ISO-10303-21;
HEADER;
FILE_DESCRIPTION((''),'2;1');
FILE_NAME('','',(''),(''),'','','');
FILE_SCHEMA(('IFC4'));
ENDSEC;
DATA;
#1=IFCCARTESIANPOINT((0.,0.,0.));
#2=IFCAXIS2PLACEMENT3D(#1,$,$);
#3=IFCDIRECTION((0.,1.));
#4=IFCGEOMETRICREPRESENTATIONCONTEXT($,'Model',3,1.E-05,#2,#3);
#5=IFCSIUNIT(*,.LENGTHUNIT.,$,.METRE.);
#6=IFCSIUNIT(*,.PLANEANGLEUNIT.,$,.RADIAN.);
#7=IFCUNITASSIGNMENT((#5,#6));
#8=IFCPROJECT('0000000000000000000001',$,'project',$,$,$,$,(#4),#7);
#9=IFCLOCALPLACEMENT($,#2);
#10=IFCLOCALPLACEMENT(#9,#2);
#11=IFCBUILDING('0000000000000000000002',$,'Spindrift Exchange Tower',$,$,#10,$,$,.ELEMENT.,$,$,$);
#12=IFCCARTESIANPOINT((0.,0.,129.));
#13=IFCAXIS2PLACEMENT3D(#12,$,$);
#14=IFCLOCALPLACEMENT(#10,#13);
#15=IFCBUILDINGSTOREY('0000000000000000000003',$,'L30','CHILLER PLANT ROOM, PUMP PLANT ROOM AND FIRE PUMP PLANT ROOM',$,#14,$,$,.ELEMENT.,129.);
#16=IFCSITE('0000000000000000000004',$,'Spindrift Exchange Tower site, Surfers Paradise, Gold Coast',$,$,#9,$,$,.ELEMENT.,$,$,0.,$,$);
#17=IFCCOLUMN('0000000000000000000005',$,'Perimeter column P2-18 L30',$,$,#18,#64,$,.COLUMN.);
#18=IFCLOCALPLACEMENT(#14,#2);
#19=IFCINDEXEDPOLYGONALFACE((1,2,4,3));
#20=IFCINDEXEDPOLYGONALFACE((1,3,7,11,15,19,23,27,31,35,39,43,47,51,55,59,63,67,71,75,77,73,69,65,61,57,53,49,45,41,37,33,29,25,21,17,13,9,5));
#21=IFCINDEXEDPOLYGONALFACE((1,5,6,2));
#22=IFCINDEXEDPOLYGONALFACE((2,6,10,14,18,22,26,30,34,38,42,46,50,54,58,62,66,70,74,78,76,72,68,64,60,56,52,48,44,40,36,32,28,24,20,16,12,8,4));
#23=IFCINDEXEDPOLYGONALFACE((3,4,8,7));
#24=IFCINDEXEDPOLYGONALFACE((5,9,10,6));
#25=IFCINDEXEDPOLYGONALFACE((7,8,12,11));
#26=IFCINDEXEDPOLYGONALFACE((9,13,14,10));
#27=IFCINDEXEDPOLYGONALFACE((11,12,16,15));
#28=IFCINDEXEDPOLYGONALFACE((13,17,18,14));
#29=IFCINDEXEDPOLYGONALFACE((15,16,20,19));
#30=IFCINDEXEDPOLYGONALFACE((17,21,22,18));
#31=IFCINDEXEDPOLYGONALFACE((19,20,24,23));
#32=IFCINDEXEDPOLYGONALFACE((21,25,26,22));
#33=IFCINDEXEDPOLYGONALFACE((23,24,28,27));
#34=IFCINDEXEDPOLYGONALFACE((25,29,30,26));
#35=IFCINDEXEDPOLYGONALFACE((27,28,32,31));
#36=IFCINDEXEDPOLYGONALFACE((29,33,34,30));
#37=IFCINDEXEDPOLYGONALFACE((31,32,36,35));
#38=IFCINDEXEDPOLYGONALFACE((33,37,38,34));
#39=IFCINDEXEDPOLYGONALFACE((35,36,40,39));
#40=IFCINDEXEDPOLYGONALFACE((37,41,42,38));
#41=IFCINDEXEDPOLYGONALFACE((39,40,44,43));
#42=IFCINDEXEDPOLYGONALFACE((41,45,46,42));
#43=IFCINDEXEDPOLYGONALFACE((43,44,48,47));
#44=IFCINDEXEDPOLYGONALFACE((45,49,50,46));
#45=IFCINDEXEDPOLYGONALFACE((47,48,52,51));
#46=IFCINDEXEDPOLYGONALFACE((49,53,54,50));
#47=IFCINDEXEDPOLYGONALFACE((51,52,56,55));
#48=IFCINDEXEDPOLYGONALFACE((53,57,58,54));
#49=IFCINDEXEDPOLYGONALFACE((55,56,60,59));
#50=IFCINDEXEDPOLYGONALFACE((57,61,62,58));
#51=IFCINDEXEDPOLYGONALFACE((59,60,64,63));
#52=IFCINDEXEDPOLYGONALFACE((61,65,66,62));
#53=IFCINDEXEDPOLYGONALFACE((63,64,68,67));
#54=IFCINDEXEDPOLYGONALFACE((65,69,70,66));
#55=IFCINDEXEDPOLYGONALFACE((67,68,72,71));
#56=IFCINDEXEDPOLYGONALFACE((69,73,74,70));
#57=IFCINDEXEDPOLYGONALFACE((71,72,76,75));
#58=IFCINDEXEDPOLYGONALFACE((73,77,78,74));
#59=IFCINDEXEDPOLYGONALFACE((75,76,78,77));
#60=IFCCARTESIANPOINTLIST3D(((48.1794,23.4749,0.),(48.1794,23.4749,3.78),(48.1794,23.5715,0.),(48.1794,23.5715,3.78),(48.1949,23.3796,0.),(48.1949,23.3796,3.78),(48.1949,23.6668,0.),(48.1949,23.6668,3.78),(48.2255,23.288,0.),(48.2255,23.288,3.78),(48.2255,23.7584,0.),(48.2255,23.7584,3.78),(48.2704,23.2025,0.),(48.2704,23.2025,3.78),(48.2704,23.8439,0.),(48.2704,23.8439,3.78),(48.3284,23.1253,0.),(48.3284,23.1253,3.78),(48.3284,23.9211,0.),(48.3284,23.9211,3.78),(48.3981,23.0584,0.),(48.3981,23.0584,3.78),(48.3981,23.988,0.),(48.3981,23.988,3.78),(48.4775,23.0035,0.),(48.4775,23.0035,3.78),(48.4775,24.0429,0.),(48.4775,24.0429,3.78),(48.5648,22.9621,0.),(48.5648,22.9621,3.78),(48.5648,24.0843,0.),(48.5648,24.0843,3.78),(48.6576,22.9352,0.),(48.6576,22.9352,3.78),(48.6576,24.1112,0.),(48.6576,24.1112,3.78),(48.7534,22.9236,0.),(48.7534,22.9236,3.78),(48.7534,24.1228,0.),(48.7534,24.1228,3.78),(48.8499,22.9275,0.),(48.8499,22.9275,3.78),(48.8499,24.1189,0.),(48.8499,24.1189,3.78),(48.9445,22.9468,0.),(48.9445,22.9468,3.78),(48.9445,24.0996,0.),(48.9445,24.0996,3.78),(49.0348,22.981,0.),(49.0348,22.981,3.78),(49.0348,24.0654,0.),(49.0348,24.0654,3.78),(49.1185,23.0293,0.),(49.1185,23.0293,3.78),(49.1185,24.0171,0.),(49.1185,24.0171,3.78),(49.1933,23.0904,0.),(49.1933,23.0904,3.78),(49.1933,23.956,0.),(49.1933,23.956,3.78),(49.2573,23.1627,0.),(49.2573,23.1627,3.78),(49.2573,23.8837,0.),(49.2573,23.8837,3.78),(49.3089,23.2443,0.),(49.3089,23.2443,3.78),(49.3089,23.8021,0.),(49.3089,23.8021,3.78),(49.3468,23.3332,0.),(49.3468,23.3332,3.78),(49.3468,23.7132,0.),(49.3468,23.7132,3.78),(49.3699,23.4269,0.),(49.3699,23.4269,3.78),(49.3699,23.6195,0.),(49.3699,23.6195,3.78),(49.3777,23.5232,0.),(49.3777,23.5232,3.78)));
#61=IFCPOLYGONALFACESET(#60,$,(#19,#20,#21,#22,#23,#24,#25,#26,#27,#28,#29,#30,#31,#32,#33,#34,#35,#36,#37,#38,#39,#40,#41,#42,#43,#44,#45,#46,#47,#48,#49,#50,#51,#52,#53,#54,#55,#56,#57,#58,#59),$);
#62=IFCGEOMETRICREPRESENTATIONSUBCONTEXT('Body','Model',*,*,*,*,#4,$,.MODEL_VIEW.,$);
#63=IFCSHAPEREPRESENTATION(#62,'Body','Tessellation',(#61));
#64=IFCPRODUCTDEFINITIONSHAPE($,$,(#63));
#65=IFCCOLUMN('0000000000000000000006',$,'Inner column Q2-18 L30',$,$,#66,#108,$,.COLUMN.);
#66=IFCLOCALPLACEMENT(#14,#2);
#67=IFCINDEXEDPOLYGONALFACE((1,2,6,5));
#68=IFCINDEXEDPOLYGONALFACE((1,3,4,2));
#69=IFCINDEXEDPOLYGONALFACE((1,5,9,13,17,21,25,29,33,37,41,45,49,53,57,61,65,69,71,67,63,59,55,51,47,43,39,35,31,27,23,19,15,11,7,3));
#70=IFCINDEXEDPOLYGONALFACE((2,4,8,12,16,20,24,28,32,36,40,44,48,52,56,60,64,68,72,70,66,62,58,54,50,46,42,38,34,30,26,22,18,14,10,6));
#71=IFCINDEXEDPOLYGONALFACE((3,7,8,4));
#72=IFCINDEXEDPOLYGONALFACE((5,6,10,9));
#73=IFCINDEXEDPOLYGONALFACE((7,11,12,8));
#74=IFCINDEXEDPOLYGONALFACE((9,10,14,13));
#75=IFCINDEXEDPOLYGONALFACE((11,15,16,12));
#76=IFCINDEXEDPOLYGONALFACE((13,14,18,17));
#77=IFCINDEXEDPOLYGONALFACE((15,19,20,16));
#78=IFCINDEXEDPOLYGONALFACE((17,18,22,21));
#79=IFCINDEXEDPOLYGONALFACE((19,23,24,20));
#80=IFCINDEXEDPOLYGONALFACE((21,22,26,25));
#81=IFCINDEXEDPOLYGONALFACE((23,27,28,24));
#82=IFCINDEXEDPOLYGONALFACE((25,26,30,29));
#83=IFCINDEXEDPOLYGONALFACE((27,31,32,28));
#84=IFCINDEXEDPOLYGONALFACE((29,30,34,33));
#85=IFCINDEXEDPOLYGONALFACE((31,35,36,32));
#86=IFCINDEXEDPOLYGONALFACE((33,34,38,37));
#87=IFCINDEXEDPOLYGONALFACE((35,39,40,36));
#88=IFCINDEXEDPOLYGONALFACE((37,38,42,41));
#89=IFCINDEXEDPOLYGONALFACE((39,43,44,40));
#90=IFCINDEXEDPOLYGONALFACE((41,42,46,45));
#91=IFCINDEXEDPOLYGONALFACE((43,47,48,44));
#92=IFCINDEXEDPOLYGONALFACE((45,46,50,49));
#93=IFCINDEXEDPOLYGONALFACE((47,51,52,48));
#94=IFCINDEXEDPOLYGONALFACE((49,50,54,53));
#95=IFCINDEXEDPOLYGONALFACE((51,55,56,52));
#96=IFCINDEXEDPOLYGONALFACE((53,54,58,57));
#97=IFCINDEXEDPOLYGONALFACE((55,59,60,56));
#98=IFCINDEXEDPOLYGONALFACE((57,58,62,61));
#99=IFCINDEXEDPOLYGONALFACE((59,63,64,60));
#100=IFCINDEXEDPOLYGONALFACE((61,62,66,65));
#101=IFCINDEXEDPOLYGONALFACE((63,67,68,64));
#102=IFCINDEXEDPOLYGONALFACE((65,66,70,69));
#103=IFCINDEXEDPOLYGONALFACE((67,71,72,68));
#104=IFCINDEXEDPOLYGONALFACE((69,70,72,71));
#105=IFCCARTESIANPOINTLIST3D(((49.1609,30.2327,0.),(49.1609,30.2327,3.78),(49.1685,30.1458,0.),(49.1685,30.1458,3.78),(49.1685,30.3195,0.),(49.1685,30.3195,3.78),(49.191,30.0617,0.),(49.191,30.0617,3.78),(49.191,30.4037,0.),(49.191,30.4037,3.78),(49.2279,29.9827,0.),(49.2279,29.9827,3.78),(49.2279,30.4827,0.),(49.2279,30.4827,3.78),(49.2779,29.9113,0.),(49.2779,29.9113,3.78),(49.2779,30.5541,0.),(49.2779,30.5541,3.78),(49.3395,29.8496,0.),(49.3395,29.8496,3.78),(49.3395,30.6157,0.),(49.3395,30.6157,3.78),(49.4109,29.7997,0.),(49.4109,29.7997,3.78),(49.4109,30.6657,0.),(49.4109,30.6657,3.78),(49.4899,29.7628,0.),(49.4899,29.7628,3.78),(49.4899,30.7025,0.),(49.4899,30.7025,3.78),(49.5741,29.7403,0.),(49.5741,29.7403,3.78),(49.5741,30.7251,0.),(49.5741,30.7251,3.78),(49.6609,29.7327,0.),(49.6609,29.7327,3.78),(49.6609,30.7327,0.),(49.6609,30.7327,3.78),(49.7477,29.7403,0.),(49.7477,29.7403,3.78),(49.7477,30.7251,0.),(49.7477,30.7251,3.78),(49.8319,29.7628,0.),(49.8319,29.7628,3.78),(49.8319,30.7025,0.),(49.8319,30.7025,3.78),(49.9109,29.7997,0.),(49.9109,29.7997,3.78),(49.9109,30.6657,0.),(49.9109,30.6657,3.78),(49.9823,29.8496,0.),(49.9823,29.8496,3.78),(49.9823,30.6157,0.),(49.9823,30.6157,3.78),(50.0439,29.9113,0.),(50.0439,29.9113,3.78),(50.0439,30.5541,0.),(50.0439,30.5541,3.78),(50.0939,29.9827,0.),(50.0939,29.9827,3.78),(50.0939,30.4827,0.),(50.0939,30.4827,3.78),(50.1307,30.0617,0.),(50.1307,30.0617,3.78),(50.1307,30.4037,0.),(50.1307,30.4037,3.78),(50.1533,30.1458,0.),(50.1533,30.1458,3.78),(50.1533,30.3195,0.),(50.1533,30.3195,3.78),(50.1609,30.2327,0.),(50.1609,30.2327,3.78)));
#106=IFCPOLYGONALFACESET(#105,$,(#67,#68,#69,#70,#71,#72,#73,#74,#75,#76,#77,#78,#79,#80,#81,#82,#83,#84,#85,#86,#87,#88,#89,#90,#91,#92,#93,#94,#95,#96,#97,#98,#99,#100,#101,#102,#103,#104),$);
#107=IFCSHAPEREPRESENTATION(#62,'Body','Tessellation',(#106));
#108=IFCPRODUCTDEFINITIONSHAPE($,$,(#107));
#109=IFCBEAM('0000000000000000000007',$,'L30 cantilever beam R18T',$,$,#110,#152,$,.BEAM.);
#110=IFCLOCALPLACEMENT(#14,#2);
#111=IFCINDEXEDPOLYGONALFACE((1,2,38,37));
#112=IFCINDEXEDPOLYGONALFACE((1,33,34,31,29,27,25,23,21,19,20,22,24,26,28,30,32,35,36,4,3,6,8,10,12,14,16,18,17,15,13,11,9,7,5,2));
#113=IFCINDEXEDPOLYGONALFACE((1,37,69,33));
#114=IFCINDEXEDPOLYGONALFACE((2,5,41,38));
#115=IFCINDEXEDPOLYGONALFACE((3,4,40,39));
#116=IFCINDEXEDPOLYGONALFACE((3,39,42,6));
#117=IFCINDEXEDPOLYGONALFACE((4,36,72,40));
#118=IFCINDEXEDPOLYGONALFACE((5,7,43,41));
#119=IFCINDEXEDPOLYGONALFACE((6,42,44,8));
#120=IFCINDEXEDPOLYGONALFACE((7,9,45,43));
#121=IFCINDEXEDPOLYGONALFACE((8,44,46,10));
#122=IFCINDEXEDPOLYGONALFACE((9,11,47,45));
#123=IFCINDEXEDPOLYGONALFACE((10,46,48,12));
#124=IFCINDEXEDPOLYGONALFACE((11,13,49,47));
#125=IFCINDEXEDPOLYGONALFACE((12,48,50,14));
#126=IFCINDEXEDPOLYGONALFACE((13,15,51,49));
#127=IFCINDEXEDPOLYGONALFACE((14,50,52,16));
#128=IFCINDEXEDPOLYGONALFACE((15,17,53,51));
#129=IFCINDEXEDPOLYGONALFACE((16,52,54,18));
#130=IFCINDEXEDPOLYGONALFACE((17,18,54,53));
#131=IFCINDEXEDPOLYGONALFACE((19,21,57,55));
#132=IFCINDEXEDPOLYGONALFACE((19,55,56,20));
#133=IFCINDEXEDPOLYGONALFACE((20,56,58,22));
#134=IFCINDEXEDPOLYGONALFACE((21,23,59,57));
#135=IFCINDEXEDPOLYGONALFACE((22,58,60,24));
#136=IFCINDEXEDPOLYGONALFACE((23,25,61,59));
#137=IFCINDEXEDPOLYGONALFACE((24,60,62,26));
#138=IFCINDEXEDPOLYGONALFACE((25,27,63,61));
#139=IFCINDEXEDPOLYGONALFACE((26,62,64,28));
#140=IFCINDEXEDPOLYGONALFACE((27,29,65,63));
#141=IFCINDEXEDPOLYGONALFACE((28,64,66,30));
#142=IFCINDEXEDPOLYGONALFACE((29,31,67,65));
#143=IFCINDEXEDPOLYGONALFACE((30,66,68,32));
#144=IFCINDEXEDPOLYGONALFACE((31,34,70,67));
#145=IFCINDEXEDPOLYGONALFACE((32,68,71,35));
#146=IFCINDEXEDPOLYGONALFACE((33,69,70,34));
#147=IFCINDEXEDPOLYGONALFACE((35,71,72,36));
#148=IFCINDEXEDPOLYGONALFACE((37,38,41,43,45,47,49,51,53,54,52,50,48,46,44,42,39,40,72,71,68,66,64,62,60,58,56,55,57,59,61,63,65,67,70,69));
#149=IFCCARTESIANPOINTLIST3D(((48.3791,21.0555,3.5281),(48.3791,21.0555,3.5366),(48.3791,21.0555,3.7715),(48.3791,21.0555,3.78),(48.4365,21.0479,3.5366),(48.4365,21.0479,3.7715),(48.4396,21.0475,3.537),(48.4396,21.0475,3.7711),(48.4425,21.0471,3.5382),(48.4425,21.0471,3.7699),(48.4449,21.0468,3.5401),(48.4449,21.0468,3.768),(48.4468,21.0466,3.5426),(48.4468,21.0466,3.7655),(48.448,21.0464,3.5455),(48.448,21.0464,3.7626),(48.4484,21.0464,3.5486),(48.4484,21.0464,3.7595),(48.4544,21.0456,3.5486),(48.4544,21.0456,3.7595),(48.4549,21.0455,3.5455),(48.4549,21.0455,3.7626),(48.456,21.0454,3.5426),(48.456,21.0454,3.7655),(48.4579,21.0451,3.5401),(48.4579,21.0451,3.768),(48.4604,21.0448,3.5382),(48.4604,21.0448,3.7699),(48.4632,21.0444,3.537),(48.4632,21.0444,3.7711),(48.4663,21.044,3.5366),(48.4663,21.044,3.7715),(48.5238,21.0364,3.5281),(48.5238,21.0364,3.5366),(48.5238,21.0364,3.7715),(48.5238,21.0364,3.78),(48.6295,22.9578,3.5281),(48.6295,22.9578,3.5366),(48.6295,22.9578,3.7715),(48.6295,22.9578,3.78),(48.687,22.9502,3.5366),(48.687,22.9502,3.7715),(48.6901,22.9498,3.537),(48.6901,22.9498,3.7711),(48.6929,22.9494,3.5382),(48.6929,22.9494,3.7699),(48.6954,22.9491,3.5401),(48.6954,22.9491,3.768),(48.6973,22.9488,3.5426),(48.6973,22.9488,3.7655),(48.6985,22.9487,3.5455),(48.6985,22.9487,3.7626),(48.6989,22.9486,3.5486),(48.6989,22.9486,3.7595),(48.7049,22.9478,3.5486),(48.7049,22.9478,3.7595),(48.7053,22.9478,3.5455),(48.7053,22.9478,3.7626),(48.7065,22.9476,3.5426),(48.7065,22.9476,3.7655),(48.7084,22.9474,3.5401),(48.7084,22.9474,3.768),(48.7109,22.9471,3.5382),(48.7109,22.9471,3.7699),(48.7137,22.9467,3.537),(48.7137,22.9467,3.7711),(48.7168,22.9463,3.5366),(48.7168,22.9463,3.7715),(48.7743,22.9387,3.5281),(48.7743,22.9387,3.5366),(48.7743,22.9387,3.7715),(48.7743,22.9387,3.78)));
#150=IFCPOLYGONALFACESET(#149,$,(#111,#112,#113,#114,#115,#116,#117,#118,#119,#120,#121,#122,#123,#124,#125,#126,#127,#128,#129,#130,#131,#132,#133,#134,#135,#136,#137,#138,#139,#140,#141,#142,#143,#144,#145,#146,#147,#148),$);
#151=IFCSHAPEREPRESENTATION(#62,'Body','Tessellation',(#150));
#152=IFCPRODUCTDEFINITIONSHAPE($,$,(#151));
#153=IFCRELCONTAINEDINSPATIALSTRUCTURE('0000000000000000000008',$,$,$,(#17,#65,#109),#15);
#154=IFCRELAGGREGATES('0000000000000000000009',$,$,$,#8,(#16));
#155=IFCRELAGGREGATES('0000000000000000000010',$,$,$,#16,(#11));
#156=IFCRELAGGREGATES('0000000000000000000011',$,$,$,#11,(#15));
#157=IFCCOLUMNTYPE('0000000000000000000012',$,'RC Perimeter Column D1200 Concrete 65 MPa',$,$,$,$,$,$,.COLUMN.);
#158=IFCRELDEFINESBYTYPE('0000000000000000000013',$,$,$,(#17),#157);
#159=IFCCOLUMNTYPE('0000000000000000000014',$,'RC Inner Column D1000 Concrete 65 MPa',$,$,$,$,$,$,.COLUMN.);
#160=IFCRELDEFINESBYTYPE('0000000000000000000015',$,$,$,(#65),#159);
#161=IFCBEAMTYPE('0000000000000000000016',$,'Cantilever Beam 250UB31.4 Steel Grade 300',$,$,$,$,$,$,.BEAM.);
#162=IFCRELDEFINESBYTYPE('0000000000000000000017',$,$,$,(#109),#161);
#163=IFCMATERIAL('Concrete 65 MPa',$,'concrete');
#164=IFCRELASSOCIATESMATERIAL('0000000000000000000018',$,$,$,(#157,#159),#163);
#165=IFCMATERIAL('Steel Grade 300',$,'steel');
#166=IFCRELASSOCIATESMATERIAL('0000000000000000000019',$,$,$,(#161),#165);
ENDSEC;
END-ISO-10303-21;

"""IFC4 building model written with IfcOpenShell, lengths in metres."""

from ifc_helpers import new_model, si_unit, direction, frame, origin, origin_2d, place, context, subcontext, project, spatial, circle, i_section, extrude, source, transform, mapped, material, material_profile, profile_set, type_object, element, save


model = new_model("IFC4")

# Units and contexts
model_context = context("Model", 3, precision=1e-05, world=origin(), true_north=direction((0.0, 1.0)))
body_context = subcontext(model_context, "Body", "Model", "MODEL_VIEW")
ifc_project = project(units=[si_unit("LENGTHUNIT", "METRE"), si_unit("PLANEANGLEUNIT", "RADIAN")], contexts=[model_context])

# Site, building, storey
site_placement = place(None, origin())
site = spatial("IfcSite", under=ifc_project, at=site_placement, Name="Spindrift Exchange Tower site, Surfers Paradise, Gold Coast", CompositionType="ELEMENT", RefElevation=0.0)
building_placement = place(site_placement, origin())
building = spatial("IfcBuilding", under=site, at=building_placement, Name="Spindrift Exchange Tower", CompositionType="ELEMENT")
storey_placement = place(building_placement, frame((0.0, 0.0, 129.0)))
storey = spatial("IfcBuildingStorey", under=building, at=storey_placement, Name="L30", Description="CHILLER PLANT ROOM, PUMP PLANT ROOM AND FIRE PUMP PLANT ROOM", CompositionType="ELEMENT", Elevation=129.0)

# Columns
ifc_material_1 = material(Name="Concrete 65 MPa", Category="concrete")
ifc_material_profile_1 = material_profile(ifc_material_1, circle(Radius=0.6001, at=origin_2d()), Name="RC D1200")
ifc_profile_set_1 = profile_set([ifc_material_profile_1], Name="Concrete 65 MPa")
column_type_1 = type_object("IfcColumnType", Name="RC Perimeter Column D1200 Concrete 65 MPa", PredefinedType="COLUMN", material=ifc_profile_set_1)
shared_shape_1 = source(origin(), body_context, "Body", "SweptSolid", [
    extrude(circle(Radius=0.6001, at=origin_2d()), origin(), (0.0, 0.0, 1.0), 3.78),
])
column_1_placement = place(storey_placement, frame((48.7776, 23.5232, 0.0), z_axis=(0.0, 0.0, 1.0), x_axis=(1.0, 0.0, 0.0)))
element("IfcColumn", 1, at=column_1_placement, inside=storey, type_object=column_type_1, Name="Perimeter column P2-18 L30", PredefinedType="COLUMN", context=body_context, shape_type="MappedRepresentation", body=[
    mapped(shared_shape_1, transform((0.0, 0.0, 0.0), scale=1.0)),
])
ifc_material_profile_2 = material_profile(ifc_material_1, circle(Radius=0.5, at=origin_2d()), Name="RC D1000")
ifc_profile_set_2 = profile_set([ifc_material_profile_2], Name="Concrete 65 MPa")
column_type_2 = type_object("IfcColumnType", Name="RC Inner Column D1000 Concrete 65 MPa", PredefinedType="COLUMN", material=ifc_profile_set_2)
shared_shape_2 = source(origin(), body_context, "Body", "SweptSolid", [
    extrude(circle(Radius=0.5, at=origin_2d()), origin(), (0.0, 0.0, 1.0), 3.78),
])
column_2_placement = place(storey_placement, frame((49.6609, 30.2327, 0.0), z_axis=(0.0, 0.0, 1.0), x_axis=(1.0, 0.0, 0.0)))
element("IfcColumn", 2, at=column_2_placement, inside=storey, type_object=column_type_2, Name="Inner column Q2-18 L30", PredefinedType="COLUMN", context=body_context, shape_type="MappedRepresentation", body=[
    mapped(shared_shape_2, transform((0.0, 0.0, 0.0), scale=1.0)),
])

# Beam
ifc_material_2 = material(Name="Steel Grade 300", Category="steel")
ifc_material_profile_3 = material_profile(ifc_material_2, i_section(OverallWidth=0.146, OverallDepth=0.252, WebThickness=0.0061, FlangeThickness=0.0085, FilletRadius=0.012, at=origin_2d()), Name="250UB31.4")
ifc_profile_set_3 = profile_set([ifc_material_profile_3], Name="Steel Grade 300")
beam_type_1 = type_object("IfcBeamType", Name="Cantilever Beam 250UB31.4 Steel Grade 300", PredefinedType="BEAM", material=ifc_profile_set_3)
shared_shape_3 = source(origin(), body_context, "Body", "SweptSolid", [
    extrude(i_section(OverallWidth=0.146, OverallDepth=0.252, WebThickness=0.0061, FlangeThickness=0.0085, FilletRadius=0.012, at=origin_2d()), origin(), (0.0, 0.0, 1.0), 1.9187),
])
beam_1_placement = place(storey_placement, frame((48.7019, 22.9482, 3.6541), z_axis=(-0.130547, -0.991442, 0.0), x_axis=(0.991442, -0.130547, 0.0)))
element("IfcBeam", 3, at=beam_1_placement, inside=storey, type_object=beam_type_1, Name="L30 cantilever beam R18T", PredefinedType="BEAM", context=body_context, shape_type="MappedRepresentation", body=[
    mapped(shared_shape_3, transform((0.0, 0.0, 0.0), scale=1.0)),
])

save(model, "model.ifc")
